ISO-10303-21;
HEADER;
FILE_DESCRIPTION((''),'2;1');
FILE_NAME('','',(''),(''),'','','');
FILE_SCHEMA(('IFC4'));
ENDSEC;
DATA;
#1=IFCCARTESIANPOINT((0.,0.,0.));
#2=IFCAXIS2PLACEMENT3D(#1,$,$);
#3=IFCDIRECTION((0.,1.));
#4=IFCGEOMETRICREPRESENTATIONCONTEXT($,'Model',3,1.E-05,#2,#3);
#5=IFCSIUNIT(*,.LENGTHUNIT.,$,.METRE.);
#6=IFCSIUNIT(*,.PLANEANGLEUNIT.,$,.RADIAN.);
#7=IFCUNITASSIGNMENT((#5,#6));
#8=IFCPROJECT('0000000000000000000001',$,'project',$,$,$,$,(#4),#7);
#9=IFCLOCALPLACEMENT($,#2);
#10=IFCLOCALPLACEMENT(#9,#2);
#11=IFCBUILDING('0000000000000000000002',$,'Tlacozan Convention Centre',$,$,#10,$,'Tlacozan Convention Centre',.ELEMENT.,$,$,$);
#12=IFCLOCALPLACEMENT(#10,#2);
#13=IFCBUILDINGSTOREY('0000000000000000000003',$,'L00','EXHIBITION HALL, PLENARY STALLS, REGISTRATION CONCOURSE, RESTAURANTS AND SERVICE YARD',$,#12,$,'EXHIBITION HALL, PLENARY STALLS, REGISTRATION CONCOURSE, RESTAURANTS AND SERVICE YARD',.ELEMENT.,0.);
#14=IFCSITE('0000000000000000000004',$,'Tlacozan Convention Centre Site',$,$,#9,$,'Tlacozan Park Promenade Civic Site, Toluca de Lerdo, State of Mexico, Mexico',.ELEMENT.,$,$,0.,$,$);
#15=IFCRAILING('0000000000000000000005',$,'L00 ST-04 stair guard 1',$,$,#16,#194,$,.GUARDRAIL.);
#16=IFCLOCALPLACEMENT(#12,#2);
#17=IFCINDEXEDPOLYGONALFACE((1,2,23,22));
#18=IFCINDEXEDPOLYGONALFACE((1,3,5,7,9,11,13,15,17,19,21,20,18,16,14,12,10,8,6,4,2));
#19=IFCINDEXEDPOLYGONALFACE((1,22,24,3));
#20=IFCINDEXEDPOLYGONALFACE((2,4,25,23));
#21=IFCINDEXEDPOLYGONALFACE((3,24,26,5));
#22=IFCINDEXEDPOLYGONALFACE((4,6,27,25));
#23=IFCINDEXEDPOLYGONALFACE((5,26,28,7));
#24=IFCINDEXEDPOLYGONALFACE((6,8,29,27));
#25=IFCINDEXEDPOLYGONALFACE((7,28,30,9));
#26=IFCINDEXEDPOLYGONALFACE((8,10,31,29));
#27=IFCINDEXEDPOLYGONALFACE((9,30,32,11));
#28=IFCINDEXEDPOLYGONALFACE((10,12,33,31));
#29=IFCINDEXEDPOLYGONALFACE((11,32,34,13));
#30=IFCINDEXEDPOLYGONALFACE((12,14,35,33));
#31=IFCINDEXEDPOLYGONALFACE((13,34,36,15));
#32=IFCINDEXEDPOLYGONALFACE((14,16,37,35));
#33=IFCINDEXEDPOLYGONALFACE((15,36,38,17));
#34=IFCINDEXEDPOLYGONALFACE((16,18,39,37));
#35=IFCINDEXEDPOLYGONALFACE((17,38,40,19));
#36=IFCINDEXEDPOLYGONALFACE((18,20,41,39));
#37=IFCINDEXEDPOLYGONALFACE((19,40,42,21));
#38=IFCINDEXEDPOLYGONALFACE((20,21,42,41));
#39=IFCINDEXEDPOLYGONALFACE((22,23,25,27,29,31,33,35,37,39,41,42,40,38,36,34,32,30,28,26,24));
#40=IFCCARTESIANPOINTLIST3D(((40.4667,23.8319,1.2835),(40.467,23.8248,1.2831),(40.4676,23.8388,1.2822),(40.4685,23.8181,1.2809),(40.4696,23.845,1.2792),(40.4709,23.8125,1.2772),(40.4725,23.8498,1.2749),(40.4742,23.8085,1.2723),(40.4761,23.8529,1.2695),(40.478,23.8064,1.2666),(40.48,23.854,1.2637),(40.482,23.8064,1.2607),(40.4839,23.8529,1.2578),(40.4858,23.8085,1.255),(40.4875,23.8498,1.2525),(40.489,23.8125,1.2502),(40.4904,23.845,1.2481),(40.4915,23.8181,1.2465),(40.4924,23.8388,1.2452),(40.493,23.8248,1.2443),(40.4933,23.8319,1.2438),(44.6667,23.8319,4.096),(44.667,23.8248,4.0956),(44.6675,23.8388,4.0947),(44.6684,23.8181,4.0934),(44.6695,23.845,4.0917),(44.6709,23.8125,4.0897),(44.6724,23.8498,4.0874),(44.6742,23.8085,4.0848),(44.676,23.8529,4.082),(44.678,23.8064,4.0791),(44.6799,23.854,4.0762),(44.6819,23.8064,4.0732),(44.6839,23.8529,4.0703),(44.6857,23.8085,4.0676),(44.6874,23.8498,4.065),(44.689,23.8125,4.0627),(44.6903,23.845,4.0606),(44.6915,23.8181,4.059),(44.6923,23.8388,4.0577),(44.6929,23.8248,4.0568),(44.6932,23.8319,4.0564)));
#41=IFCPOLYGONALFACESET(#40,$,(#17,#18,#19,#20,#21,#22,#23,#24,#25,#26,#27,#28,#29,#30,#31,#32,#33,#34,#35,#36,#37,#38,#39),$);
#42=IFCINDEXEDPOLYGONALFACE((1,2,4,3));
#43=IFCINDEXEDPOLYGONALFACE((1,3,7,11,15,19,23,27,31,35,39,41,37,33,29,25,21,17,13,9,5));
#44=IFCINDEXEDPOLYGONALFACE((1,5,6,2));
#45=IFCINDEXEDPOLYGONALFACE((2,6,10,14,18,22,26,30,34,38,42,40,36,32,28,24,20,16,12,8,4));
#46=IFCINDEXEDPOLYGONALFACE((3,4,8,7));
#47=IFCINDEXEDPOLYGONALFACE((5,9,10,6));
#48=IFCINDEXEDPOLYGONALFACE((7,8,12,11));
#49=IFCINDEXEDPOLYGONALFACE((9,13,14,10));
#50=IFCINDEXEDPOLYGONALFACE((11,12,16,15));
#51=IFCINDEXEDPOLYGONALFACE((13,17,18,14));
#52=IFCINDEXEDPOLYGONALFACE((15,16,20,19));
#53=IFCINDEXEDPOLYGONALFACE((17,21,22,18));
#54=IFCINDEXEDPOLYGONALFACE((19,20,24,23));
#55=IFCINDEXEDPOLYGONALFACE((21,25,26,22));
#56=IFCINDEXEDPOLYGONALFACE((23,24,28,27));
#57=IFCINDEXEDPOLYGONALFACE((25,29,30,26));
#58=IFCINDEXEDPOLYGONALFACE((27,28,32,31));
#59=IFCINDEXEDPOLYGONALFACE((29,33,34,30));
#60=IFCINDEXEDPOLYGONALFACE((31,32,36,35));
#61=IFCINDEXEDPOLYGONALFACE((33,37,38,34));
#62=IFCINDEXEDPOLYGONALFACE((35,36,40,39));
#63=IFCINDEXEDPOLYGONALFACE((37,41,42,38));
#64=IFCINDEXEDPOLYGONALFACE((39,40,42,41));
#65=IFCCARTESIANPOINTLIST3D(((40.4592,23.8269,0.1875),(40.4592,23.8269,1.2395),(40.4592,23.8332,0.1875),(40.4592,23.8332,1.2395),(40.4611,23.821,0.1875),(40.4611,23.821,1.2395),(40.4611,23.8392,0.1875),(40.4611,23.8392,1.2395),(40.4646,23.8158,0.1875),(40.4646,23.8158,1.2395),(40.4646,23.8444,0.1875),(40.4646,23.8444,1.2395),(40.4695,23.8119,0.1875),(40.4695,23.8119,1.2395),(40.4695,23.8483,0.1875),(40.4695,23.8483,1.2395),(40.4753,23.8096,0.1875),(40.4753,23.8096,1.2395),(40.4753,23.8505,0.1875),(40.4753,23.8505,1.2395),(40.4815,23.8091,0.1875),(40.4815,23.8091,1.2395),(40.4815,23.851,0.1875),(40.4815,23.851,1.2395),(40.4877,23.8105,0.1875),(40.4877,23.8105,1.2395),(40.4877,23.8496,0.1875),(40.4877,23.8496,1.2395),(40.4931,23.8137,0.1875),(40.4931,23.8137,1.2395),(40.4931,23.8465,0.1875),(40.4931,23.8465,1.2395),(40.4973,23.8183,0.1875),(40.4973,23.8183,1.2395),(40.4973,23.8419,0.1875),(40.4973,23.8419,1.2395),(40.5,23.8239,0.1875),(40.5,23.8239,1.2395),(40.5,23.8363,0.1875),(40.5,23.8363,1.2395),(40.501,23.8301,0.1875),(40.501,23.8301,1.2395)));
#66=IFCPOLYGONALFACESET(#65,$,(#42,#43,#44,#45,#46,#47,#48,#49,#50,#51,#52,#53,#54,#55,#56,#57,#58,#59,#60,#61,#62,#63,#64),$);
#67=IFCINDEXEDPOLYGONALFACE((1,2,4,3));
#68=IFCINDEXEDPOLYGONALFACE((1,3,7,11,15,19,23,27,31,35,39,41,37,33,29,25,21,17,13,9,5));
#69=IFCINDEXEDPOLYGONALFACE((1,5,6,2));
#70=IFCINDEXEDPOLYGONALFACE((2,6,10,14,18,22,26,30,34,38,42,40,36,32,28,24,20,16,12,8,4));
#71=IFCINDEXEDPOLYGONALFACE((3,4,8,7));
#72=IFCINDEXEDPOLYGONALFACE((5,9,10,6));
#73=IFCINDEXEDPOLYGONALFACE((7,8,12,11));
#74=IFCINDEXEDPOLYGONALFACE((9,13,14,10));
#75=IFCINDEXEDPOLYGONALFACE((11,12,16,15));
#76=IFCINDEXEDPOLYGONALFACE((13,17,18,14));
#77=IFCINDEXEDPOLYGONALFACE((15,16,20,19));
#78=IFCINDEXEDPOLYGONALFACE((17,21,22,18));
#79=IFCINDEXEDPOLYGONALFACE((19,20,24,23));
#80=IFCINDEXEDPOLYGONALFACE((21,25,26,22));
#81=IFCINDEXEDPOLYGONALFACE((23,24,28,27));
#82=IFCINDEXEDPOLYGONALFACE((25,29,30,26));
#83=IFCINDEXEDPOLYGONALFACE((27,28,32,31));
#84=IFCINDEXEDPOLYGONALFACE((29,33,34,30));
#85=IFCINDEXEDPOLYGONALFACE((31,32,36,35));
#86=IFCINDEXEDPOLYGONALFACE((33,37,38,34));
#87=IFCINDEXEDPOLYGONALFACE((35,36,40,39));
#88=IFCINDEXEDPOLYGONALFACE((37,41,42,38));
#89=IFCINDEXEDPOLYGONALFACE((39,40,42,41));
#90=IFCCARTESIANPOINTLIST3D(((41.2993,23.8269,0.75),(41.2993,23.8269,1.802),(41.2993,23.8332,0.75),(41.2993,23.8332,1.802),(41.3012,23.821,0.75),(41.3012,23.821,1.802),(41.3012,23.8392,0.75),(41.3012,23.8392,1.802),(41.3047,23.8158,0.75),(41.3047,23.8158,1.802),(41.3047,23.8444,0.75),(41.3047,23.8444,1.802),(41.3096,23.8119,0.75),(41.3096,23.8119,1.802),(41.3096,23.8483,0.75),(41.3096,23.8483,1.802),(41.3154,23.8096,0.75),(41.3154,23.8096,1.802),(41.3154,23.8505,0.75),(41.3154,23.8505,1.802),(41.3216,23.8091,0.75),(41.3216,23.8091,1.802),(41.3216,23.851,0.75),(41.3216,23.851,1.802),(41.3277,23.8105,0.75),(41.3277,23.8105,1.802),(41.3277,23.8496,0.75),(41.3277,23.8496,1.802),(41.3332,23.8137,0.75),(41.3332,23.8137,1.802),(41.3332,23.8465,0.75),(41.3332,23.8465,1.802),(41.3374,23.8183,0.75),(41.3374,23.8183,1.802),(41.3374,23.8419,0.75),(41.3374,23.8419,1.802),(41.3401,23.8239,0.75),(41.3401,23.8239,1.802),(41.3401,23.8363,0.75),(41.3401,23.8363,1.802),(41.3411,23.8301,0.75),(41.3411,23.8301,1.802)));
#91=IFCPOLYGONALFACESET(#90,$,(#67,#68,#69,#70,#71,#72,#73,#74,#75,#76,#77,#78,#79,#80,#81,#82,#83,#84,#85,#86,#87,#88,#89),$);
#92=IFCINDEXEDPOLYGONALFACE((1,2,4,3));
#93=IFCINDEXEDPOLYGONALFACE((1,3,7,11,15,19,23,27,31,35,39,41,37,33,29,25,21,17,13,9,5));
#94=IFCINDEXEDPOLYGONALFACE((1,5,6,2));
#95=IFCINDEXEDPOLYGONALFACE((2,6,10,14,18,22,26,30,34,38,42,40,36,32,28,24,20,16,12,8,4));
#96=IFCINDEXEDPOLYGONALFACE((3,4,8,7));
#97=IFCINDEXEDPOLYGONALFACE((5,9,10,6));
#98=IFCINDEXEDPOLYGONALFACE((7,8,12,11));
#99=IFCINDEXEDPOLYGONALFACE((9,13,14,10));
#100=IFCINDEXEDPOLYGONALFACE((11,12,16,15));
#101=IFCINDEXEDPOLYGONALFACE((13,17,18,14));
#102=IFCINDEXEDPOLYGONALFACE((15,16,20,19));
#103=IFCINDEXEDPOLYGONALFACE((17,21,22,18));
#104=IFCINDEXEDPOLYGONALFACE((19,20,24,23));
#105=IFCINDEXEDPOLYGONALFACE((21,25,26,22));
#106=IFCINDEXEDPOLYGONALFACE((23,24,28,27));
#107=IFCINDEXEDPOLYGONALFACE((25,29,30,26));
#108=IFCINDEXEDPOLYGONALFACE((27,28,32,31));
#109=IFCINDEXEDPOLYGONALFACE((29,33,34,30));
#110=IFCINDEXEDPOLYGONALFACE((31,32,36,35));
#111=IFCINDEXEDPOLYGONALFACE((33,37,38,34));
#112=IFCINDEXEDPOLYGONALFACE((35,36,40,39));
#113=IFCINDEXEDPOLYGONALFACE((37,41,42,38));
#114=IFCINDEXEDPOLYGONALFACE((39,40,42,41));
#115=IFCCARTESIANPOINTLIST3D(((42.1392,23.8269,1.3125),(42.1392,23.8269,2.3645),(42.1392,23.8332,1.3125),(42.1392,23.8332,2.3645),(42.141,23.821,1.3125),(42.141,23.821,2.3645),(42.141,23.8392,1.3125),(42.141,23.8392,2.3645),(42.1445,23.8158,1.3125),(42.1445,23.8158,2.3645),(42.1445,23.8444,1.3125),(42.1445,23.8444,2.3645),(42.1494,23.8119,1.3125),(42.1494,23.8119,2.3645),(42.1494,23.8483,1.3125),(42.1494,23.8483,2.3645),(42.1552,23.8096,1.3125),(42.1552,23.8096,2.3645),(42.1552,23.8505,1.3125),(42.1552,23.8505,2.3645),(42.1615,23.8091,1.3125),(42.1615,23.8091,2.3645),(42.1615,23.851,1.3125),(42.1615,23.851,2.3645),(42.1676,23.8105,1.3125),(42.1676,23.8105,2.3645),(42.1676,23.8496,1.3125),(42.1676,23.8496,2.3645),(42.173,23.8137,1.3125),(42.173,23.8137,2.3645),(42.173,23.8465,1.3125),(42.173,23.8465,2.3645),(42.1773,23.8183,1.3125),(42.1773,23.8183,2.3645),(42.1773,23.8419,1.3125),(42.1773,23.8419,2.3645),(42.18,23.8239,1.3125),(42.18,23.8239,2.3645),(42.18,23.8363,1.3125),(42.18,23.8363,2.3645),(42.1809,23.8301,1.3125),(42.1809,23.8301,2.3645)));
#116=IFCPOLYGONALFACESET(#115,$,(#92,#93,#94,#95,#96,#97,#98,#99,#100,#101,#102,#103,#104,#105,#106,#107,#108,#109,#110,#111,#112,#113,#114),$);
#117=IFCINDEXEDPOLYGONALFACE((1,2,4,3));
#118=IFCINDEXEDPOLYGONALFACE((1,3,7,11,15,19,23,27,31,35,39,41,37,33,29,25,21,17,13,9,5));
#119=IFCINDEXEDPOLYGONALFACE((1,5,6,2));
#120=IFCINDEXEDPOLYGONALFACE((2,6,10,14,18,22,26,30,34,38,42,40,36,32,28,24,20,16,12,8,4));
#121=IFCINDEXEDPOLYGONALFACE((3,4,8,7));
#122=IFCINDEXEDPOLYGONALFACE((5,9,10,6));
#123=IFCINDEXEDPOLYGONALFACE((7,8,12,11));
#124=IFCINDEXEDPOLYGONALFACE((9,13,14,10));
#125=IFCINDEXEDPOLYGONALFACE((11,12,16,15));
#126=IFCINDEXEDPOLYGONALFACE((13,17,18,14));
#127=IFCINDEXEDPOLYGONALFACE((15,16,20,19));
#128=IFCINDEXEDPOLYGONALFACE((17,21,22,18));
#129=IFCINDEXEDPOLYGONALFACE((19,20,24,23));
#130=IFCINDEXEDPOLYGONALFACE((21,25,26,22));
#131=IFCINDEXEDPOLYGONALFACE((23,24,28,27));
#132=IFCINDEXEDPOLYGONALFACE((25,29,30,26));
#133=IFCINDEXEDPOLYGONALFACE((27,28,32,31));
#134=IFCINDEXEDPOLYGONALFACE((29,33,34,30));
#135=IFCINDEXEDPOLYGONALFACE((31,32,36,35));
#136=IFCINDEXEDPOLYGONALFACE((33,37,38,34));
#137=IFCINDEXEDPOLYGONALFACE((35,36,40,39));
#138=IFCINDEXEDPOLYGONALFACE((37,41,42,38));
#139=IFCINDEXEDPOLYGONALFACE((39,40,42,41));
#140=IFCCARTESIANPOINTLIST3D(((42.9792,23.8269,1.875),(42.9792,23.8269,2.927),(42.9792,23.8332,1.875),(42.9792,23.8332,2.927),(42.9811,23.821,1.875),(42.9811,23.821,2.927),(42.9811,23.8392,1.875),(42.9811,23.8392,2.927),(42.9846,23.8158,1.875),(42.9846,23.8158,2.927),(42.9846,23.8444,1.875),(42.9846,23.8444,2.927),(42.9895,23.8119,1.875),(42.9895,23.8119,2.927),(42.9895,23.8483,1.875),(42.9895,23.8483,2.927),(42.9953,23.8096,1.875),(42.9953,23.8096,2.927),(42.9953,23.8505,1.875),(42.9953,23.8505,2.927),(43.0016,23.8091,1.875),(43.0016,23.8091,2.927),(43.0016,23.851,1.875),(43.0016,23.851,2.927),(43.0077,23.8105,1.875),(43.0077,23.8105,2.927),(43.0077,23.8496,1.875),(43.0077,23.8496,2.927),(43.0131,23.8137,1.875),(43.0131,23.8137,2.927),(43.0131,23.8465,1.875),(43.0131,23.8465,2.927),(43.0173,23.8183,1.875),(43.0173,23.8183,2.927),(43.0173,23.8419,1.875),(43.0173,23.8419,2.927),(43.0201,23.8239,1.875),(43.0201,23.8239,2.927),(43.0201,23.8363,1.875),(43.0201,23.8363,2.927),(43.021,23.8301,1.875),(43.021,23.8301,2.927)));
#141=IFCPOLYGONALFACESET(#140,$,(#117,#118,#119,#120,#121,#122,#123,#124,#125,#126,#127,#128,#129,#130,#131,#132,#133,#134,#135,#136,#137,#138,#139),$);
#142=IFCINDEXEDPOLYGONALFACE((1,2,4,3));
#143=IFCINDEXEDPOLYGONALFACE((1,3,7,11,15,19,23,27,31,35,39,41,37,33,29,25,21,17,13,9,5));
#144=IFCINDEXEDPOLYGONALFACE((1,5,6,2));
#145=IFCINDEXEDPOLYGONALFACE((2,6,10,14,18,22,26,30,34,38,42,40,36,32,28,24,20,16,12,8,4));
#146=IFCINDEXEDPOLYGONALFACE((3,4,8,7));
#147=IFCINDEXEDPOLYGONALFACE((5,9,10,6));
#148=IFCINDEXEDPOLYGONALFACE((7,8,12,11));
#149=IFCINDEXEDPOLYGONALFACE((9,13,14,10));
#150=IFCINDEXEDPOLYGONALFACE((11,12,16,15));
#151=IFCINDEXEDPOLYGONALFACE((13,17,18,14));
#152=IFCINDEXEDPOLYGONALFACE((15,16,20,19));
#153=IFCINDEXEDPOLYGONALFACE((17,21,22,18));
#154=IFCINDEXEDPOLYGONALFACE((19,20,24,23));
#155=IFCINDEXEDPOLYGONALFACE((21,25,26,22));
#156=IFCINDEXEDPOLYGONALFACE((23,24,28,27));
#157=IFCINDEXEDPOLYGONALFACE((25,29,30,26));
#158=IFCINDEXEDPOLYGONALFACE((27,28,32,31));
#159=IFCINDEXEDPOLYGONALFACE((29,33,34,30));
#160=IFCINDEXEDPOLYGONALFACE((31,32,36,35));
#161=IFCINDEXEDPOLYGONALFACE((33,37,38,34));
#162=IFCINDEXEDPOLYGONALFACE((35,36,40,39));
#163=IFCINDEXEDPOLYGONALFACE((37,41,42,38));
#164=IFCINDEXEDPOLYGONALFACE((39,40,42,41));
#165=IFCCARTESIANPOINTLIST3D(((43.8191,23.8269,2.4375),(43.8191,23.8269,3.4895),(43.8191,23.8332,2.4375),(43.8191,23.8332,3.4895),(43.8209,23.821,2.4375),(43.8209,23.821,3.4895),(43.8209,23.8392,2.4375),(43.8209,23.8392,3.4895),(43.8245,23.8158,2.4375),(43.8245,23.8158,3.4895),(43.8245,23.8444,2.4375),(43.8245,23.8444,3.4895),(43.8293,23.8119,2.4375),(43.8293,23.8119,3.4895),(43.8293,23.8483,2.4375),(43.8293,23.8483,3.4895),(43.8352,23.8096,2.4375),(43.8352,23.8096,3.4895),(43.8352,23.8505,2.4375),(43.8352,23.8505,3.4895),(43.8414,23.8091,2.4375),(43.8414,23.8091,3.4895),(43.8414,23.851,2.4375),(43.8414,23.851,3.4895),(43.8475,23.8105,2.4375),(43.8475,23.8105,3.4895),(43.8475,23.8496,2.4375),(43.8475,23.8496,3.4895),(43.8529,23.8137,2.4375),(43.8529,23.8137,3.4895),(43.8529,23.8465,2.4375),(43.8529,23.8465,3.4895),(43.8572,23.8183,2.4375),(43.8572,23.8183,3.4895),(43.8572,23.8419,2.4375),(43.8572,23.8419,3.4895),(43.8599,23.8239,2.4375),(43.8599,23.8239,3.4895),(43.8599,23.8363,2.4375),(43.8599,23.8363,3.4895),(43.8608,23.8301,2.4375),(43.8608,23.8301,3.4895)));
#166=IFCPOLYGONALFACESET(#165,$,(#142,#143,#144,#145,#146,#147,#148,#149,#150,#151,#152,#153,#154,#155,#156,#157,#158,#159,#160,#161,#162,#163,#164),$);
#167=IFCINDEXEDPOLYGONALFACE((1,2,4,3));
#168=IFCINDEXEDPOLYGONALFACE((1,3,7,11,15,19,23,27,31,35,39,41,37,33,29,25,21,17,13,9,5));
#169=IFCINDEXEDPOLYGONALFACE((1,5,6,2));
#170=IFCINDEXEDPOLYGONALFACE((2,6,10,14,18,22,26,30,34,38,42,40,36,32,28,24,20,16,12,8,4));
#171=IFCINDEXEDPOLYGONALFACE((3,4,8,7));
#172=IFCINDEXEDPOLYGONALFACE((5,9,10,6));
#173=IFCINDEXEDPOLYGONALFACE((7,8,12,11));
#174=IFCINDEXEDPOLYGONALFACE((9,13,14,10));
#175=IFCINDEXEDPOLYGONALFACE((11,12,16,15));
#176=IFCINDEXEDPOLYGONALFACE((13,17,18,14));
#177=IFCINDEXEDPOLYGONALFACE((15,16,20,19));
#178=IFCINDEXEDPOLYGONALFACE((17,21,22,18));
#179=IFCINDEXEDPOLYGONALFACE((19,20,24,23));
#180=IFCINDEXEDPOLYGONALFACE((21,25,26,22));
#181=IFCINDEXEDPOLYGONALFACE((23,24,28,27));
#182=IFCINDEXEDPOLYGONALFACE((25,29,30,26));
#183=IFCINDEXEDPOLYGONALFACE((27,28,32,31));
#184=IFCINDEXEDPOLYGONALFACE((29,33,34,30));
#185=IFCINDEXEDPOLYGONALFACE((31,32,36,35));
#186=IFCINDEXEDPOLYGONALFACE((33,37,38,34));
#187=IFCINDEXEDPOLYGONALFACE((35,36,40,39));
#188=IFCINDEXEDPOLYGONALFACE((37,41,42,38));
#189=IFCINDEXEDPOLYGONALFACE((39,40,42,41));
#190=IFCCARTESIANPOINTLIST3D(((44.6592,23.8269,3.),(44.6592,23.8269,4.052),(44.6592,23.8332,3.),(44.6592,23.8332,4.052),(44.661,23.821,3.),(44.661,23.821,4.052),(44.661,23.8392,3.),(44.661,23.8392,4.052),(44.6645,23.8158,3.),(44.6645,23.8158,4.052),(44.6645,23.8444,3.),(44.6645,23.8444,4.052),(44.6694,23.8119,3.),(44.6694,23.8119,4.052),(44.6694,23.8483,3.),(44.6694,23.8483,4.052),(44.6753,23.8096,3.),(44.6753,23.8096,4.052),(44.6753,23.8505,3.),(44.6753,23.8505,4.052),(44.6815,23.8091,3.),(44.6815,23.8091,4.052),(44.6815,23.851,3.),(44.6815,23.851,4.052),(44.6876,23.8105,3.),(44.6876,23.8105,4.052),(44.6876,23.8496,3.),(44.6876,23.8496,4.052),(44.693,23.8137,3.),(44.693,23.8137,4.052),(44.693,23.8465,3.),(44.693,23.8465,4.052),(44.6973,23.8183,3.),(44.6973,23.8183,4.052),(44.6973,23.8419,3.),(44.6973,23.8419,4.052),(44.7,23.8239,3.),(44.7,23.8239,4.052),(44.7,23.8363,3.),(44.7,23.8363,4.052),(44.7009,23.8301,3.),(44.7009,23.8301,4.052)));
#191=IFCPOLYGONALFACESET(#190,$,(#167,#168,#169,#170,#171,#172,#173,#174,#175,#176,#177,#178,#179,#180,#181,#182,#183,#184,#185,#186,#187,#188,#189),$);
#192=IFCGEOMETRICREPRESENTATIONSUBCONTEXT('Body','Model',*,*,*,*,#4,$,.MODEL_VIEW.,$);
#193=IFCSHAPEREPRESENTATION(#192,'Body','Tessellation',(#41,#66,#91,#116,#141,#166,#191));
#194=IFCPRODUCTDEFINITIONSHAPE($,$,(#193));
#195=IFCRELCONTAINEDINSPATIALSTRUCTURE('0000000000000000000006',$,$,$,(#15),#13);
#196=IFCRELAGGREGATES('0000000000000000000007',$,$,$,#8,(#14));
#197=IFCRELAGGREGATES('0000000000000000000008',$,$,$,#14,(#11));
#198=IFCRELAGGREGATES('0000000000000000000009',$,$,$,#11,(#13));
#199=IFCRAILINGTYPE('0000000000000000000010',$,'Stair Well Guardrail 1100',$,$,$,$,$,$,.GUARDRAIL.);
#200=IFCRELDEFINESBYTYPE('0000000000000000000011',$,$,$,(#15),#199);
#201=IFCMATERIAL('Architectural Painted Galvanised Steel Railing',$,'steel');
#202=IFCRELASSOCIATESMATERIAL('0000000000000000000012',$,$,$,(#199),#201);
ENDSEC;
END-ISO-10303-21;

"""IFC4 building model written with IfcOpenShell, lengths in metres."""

from ifc_helpers import new_model, si_unit, direction, frame, origin, origin_2d, place, context, subcontext, project, spatial, circle, extrude, material, type_object, element, save


model = new_model("IFC4")

# Units and contexts
model_context = context("Model", 3, precision=1e-05, world=origin(), true_north=direction((0.0, 1.0)))
body_context = subcontext(model_context, "Body", "Model", "MODEL_VIEW")
ifc_project = project(units=[si_unit("LENGTHUNIT", "METRE"), si_unit("PLANEANGLEUNIT", "RADIAN")], contexts=[model_context])

# Site, building, storey
site_placement = place(None, origin())
site = spatial("IfcSite", under=ifc_project, at=site_placement, Name="Tlacozan Convention Centre Site", LongName="Tlacozan Park Promenade Civic Site, Toluca de Lerdo, State of Mexico, Mexico", CompositionType="ELEMENT", RefElevation=0.0)
building_placement = place(site_placement, origin())
building = spatial("IfcBuilding", under=site, at=building_placement, Name="Tlacozan Convention Centre", LongName="Tlacozan Convention Centre", CompositionType="ELEMENT")
storey_placement = place(building_placement, origin())
storey = spatial("IfcBuildingStorey", under=building, at=storey_placement, Name="L00", Description="EXHIBITION HALL, PLENARY STALLS, REGISTRATION CONCOURSE, RESTAURANTS AND SERVICE YARD", LongName="EXHIBITION HALL, PLENARY STALLS, REGISTRATION CONCOURSE, RESTAURANTS AND SERVICE YARD", CompositionType="ELEMENT", Elevation=0.0)

# Railing
ifc_material_1 = material(Name="Architectural Painted Galvanised Steel Railing", Category="steel")
railing_type = type_object("IfcRailingType", Name="Stair Well Guardrail 1100", PredefinedType="GUARDRAIL", material=ifc_material_1)
railing_1_placement = place(storey_placement, frame((40.48, 23.8301, 0.1875)))
element("IfcRailing", 1, at=railing_1_placement, inside=storey, type_object=railing_type, Name="L00 ST-04 stair guard 1", PredefinedType="GUARDRAIL", context=body_context, shape_type="SweptSolid", body=[
    extrude(circle(Radius=0.0239, at=origin_2d()), frame((0.0, 0.0, 1.0762), z_axis=(0.830904, 0.0, 0.556416), x_axis=(0.0, 1.0, 0.0)), (0.0, 0.0, 1.0), 5.0547),
    extrude(circle(Radius=0.021, at=origin_2d()), origin(), (0.0, 0.0, 1.0), 1.052),
    extrude(circle(Radius=0.021, at=origin_2d()), frame((0.8401, 0.0, 0.5625)), (0.0, 0.0, 1.0), 1.052),
    extrude(circle(Radius=0.021, at=origin_2d()), frame((1.6799, 0.0, 1.125)), (0.0, 0.0, 1.0), 1.052),
    extrude(circle(Radius=0.021, at=origin_2d()), frame((2.52, 0.0, 1.6875)), (0.0, 0.0, 1.0), 1.052),
    extrude(circle(Radius=0.021, at=origin_2d()), frame((3.3599, 0.0, 2.25)), (0.0, 0.0, 1.0), 1.052),
    extrude(circle(Radius=0.021, at=origin_2d()), frame((4.2, 0.0, 2.8125)), (0.0, 0.0, 1.0), 1.052),
])

save(model, "model.ifc")
